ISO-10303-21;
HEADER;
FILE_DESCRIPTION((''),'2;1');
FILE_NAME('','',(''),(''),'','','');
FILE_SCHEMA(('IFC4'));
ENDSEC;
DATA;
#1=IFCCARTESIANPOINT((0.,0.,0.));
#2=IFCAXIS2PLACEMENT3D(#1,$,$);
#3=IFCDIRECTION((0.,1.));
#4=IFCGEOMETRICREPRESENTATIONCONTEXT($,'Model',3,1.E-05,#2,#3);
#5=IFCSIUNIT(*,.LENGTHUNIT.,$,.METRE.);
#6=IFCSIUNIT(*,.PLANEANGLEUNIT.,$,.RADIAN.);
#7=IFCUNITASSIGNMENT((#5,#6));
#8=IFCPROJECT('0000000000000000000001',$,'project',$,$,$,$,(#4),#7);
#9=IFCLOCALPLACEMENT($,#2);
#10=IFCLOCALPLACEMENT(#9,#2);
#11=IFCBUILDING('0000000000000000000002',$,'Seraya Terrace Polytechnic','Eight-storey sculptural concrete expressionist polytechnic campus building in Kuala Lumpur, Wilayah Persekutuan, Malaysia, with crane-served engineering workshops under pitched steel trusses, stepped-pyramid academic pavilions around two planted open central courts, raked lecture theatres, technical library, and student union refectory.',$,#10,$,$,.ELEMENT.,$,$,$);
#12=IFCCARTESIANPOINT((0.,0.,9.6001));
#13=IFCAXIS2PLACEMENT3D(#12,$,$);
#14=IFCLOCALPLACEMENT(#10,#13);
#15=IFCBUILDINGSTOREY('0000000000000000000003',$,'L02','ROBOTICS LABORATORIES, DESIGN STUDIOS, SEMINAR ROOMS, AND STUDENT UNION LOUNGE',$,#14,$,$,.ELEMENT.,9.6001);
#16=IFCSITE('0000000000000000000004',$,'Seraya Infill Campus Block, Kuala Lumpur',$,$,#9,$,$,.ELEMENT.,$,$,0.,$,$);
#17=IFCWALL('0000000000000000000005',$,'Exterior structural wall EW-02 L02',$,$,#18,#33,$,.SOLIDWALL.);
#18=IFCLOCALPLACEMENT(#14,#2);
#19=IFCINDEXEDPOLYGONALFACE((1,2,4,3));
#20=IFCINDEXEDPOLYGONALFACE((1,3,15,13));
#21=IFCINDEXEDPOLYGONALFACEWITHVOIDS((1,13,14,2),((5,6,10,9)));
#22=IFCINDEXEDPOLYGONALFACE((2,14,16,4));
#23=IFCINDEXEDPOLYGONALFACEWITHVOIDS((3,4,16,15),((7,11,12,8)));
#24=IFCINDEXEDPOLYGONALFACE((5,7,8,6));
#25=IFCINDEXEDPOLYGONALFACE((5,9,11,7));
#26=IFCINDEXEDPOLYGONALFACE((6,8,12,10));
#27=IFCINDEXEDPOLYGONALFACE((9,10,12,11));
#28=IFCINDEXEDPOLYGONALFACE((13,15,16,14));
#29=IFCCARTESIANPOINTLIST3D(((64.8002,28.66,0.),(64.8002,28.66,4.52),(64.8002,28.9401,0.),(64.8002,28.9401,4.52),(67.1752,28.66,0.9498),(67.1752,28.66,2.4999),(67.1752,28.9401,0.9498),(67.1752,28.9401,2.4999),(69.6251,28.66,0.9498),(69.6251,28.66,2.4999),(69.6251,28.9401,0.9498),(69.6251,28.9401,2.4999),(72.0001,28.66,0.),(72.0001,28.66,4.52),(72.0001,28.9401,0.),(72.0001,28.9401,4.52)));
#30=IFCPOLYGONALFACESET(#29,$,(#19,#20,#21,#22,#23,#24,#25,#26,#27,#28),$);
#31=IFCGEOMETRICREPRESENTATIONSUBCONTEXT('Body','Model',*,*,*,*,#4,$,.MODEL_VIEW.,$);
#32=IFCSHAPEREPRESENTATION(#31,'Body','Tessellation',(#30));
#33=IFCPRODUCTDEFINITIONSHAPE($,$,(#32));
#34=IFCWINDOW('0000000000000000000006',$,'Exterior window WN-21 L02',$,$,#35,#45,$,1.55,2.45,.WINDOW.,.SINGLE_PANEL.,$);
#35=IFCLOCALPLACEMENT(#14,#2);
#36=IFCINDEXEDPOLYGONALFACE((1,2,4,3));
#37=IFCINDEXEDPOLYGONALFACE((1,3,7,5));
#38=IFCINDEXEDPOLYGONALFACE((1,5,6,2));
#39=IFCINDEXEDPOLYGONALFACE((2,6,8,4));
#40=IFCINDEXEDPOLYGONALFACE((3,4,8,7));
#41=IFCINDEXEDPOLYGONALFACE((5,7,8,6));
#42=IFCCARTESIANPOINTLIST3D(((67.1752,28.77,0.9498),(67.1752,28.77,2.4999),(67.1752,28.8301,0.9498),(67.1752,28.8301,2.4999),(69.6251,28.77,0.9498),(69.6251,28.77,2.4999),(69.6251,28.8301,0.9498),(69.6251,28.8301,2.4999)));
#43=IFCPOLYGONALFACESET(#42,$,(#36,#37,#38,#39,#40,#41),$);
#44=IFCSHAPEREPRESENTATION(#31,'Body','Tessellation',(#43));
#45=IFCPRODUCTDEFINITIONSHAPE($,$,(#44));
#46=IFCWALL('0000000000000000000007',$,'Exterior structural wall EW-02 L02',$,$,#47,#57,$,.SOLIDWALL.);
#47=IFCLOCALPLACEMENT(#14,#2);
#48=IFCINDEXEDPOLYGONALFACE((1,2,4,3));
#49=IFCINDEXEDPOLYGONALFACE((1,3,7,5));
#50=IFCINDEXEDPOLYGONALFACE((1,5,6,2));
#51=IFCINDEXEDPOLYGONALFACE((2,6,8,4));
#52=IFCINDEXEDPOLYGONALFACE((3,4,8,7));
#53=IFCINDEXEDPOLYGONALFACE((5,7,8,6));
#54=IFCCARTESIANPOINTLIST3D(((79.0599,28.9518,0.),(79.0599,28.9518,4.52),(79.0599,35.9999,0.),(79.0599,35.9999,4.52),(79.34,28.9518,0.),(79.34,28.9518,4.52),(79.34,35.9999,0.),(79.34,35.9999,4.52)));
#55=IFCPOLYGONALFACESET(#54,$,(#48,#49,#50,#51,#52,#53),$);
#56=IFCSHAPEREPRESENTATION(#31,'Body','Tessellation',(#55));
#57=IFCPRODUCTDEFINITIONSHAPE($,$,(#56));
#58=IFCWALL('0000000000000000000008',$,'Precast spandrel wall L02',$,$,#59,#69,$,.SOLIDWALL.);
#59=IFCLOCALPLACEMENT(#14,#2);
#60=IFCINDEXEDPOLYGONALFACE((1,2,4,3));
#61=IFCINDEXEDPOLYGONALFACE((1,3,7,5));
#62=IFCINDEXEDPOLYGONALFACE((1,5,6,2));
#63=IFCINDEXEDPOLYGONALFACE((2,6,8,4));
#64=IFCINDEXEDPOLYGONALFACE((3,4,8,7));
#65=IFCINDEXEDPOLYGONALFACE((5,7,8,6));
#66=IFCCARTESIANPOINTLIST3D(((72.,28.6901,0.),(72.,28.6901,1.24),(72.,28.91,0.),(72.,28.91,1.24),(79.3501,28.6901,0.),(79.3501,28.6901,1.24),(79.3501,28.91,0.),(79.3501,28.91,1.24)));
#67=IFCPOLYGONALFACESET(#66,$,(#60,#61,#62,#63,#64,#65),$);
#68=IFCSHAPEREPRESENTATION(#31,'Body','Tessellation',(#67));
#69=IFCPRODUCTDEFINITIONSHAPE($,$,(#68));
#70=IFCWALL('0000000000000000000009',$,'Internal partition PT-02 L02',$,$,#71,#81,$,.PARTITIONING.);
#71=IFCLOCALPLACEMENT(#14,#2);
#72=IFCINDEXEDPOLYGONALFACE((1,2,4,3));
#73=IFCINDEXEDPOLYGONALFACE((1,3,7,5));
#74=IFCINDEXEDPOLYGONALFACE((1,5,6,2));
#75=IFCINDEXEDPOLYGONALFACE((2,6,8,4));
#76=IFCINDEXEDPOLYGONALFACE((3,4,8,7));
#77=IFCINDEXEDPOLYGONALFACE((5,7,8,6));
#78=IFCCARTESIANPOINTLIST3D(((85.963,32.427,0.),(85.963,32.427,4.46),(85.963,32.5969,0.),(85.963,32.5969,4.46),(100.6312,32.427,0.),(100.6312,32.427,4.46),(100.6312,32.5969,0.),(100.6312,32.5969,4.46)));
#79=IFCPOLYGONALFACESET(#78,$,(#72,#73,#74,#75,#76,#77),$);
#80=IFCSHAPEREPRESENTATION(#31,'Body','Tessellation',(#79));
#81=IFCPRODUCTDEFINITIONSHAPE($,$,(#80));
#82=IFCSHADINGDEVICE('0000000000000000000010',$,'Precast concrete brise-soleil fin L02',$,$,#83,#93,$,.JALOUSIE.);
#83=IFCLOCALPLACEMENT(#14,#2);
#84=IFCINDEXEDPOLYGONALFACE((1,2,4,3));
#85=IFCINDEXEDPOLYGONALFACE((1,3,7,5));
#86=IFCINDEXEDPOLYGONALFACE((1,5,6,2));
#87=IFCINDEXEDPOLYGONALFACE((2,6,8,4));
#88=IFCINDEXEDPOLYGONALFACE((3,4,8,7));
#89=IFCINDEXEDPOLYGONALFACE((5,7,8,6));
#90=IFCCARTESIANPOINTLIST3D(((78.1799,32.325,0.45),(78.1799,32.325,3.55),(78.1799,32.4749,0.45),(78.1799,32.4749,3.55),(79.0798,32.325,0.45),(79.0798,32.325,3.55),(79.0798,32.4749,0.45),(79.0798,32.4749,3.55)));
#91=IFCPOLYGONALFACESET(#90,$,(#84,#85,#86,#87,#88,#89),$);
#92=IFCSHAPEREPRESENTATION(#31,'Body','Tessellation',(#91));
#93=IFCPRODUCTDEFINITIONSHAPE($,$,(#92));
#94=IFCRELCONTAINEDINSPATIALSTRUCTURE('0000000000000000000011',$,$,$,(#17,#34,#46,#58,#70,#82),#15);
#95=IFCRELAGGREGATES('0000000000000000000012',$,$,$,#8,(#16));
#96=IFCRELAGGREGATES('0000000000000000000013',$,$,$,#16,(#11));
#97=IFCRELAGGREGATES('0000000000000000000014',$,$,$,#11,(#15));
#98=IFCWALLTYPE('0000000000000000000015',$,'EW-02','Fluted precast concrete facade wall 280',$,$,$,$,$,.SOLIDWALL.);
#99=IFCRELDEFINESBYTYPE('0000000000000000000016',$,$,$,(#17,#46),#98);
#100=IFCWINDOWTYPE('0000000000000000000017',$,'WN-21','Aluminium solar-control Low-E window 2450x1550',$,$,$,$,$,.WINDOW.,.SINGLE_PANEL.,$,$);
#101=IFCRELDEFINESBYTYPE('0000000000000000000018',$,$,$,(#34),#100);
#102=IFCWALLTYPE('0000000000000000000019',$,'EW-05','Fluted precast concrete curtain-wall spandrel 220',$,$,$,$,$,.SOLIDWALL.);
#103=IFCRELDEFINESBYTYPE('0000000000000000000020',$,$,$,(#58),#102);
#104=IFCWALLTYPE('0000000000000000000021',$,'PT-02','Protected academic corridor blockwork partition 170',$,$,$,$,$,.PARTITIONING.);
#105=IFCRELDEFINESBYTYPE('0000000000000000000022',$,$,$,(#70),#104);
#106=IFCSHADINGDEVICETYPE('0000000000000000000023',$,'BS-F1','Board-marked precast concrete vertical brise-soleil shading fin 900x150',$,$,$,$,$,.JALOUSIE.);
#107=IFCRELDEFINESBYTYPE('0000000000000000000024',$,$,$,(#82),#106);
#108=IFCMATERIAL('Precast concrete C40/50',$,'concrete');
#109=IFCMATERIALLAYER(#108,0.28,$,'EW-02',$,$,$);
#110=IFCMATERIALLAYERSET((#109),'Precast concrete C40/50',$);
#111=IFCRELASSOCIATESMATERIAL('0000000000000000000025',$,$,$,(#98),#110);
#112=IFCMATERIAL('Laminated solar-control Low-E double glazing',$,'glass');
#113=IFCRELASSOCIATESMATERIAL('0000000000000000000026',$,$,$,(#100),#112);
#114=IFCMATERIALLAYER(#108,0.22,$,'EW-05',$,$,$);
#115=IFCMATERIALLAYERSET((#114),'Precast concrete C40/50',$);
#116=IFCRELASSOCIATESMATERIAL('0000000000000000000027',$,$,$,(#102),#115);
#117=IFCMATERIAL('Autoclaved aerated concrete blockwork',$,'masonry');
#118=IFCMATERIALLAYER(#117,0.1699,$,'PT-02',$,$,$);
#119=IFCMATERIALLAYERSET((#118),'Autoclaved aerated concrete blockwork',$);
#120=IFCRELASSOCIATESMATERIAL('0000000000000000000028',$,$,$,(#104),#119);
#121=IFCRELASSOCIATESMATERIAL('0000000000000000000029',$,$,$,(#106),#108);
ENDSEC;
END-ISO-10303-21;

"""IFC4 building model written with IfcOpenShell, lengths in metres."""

from ifc_helpers import new_model, si_unit, direction, frame, frame_2d, origin, origin_2d, place, context, subcontext, project, spatial, rectangle, extrude, material, layer, layer_set, type_object, element, fill, save


model = new_model("IFC4")

# Units and contexts
model_context = context("Model", 3, precision=1e-05, world=origin(), true_north=direction((0.0, 1.0)))
body_context = subcontext(model_context, "Body", "Model", "MODEL_VIEW")
ifc_project = project(units=[si_unit("LENGTHUNIT", "METRE"), si_unit("PLANEANGLEUNIT", "RADIAN")], contexts=[model_context])

# Site, building, storey
site_placement = place(None, origin())
site = spatial("IfcSite", under=ifc_project, at=site_placement, Name="Seraya Infill Campus Block, Kuala Lumpur", CompositionType="ELEMENT", RefElevation=0.0)
building_placement = place(site_placement, origin())
building = spatial("IfcBuilding", under=site, at=building_placement, Name="Seraya Terrace Polytechnic", Description="Eight-storey sculptural concrete expressionist polytechnic campus building in Kuala Lumpur, Wilayah Persekutuan, Malaysia, with crane-served engineering workshops under pitched steel trusses, stepped-pyramid academic pavilions around two planted open central courts, raked lecture theatres, technical library, and student union refectory.", CompositionType="ELEMENT")
storey_placement = place(building_placement, frame((0.0, 0.0, 9.6001)))
storey = spatial("IfcBuildingStorey", under=building, at=storey_placement, Name="L02", Description="ROBOTICS LABORATORIES, DESIGN STUDIOS, SEMINAR ROOMS, AND STUDENT UNION LOUNGE", CompositionType="ELEMENT", Elevation=9.6001)

# Shared definitions
ifc_material_1 = material(Name="Laminated solar-control Low-E double glazing", Category="glass")

# Wall, opening, window
ifc_material_2 = material(Name="Precast concrete C40/50", Category="concrete")
ifc_layer_1 = layer(ifc_material_2, 0.28, Name="EW-02")
ifc_layer_set_1 = layer_set([ifc_layer_1], Name="Precast concrete C40/50")
wall_type_1 = type_object("IfcWallType", Name="EW-02", Description="Fluted precast concrete facade wall 280", PredefinedType="SOLIDWALL", material=ifc_layer_set_1)
wall_1_placement = place(storey_placement, frame((64.8, 28.8, 0.0), z_axis=(0.0, 0.0, 1.0), x_axis=(1.0, 0.0, 0.0)))
wall_1 = element("IfcWall", 1, at=wall_1_placement, inside=storey, type_object=wall_type_1, Name="Exterior structural wall EW-02 L02", PredefinedType="SOLIDWALL", context=body_context, shape_type="SweptSolid", body=[
    extrude(rectangle(XDim=7.2, YDim=0.28, at=frame_2d((3.6001, 0.0))), origin(), (0.0, 0.0, 1.0), 4.52),
])
opening_placement = place(wall_1_placement, frame((2.375, 0.0, 0.95)))
opening = element("IfcOpeningElement", 2, at=opening_placement, cuts=wall_1, PredefinedType="OPENING", context=body_context, shape_type="SweptSolid", body=[
    extrude(rectangle(XDim=2.45, YDim=1.55, at=frame_2d((1.2251, 0.7749))), frame((0.0, 0.1519, 0.0), z_axis=(0.0, -1.0, 0.0), x_axis=(1.0, 0.0, 0.0)), (0.0, 0.0, 1.0), 0.304),
])
window_type = type_object("IfcWindowType", Name="WN-21", Description="Aluminium solar-control Low-E window 2450x1550", PartitioningType="SINGLE_PANEL", PredefinedType="WINDOW", material=ifc_material_1)
window_placement = place(opening_placement, origin())
window = element("IfcWindow", 3, at=window_placement, inside=storey, type_object=window_type, Name="Exterior window WN-21 L02", OverallHeight=1.55, OverallWidth=2.45, PartitioningType="SINGLE_PANEL", PredefinedType="WINDOW", context=body_context, shape_type="SweptSolid", body=[
    extrude(rectangle(XDim=2.45, YDim=1.55, at=frame_2d((1.2251, 0.7749))), frame((0.0, 0.03, 0.0), z_axis=(0.0, -1.0, 0.0), x_axis=(1.0, 0.0, 0.0)), (0.0, 0.0, 1.0), 0.0601),
])
fill(opening, window)

# Walls
wall_2_placement = place(storey_placement, frame((79.2, 28.9519, 0.0), z_axis=(0.0, 0.0, 1.0), x_axis=(0.0, 1.0, 0.0)))
element("IfcWall", 4, at=wall_2_placement, inside=storey, type_object=wall_type_1, Name="Exterior structural wall EW-02 L02", PredefinedType="SOLIDWALL", context=body_context, shape_type="SweptSolid", body=[
    extrude(rectangle(XDim=7.0481, YDim=0.28, at=frame_2d((3.5239, 0.0))), origin(), (0.0, 0.0, 1.0), 4.52),
])
ifc_layer_2 = layer(ifc_material_2, 0.22, Name="EW-05")
ifc_layer_set_2 = layer_set([ifc_layer_2], Name="Precast concrete C40/50")
wall_type_2 = type_object("IfcWallType", Name="EW-05", Description="Fluted precast concrete curtain-wall spandrel 220", PredefinedType="SOLIDWALL", material=ifc_layer_set_2)
wall_3_placement = place(storey_placement, frame((72.0, 28.8, 0.0), z_axis=(0.0, 0.0, 1.0), x_axis=(1.0, 0.0, 0.0)))
element("IfcWall", 5, at=wall_3_placement, inside=storey, type_object=wall_type_2, Name="Precast spandrel wall L02", PredefinedType="SOLIDWALL", context=body_context, shape_type="SweptSolid", body=[
    extrude(rectangle(XDim=7.3501, YDim=0.22, at=frame_2d((3.675, 0.0))), origin(), (0.0, 0.0, 1.0), 1.24),
])
ifc_material_3 = material(Name="Autoclaved aerated concrete blockwork", Category="masonry")
ifc_layer_3 = layer(ifc_material_3, 0.1699, Name="PT-02")
ifc_layer_set_3 = layer_set([ifc_layer_3], Name="Autoclaved aerated concrete blockwork")
wall_type_3 = type_object("IfcWallType", Name="PT-02", Description="Protected academic corridor blockwork partition 170", PredefinedType="PARTITIONING", material=ifc_layer_set_3)
wall_4_placement = place(storey_placement, frame((85.9631, 32.512, 0.0), z_axis=(0.0, 0.0, 1.0), x_axis=(1.0, 0.0, 0.0)))
element("IfcWall", 6, at=wall_4_placement, inside=storey, type_object=wall_type_3, Name="Internal partition PT-02 L02", PredefinedType="PARTITIONING", context=body_context, shape_type="SweptSolid", body=[
    extrude(rectangle(XDim=14.6682, YDim=0.1699, at=frame_2d((7.334, 0.0))), origin(), (0.0, 0.0, 1.0), 4.46),
])

# Shading device
shading_device_type = type_object("IfcShadingDeviceType", Name="BS-F1", Description="Board-marked precast concrete vertical brise-soleil shading fin 900x150", PredefinedType="JALOUSIE", material=ifc_material_2)
shading_device_placement = place(storey_placement, frame((78.6299, 32.3999, 0.45), z_axis=(0.0, 0.0, 1.0), x_axis=(-1.0, 0.0, 0.0)))
element("IfcShadingDevice", 7, at=shading_device_placement, inside=storey, type_object=shading_device_type, Name="Precast concrete brise-soleil fin L02", PredefinedType="JALOUSIE", context=body_context, shape_type="SweptSolid", body=[
    extrude(rectangle(XDim=0.8999, YDim=0.1499, at=origin_2d()), origin(), (0.0, 0.0, 1.0), 3.1001),
])

save(model, "model.ifc")
